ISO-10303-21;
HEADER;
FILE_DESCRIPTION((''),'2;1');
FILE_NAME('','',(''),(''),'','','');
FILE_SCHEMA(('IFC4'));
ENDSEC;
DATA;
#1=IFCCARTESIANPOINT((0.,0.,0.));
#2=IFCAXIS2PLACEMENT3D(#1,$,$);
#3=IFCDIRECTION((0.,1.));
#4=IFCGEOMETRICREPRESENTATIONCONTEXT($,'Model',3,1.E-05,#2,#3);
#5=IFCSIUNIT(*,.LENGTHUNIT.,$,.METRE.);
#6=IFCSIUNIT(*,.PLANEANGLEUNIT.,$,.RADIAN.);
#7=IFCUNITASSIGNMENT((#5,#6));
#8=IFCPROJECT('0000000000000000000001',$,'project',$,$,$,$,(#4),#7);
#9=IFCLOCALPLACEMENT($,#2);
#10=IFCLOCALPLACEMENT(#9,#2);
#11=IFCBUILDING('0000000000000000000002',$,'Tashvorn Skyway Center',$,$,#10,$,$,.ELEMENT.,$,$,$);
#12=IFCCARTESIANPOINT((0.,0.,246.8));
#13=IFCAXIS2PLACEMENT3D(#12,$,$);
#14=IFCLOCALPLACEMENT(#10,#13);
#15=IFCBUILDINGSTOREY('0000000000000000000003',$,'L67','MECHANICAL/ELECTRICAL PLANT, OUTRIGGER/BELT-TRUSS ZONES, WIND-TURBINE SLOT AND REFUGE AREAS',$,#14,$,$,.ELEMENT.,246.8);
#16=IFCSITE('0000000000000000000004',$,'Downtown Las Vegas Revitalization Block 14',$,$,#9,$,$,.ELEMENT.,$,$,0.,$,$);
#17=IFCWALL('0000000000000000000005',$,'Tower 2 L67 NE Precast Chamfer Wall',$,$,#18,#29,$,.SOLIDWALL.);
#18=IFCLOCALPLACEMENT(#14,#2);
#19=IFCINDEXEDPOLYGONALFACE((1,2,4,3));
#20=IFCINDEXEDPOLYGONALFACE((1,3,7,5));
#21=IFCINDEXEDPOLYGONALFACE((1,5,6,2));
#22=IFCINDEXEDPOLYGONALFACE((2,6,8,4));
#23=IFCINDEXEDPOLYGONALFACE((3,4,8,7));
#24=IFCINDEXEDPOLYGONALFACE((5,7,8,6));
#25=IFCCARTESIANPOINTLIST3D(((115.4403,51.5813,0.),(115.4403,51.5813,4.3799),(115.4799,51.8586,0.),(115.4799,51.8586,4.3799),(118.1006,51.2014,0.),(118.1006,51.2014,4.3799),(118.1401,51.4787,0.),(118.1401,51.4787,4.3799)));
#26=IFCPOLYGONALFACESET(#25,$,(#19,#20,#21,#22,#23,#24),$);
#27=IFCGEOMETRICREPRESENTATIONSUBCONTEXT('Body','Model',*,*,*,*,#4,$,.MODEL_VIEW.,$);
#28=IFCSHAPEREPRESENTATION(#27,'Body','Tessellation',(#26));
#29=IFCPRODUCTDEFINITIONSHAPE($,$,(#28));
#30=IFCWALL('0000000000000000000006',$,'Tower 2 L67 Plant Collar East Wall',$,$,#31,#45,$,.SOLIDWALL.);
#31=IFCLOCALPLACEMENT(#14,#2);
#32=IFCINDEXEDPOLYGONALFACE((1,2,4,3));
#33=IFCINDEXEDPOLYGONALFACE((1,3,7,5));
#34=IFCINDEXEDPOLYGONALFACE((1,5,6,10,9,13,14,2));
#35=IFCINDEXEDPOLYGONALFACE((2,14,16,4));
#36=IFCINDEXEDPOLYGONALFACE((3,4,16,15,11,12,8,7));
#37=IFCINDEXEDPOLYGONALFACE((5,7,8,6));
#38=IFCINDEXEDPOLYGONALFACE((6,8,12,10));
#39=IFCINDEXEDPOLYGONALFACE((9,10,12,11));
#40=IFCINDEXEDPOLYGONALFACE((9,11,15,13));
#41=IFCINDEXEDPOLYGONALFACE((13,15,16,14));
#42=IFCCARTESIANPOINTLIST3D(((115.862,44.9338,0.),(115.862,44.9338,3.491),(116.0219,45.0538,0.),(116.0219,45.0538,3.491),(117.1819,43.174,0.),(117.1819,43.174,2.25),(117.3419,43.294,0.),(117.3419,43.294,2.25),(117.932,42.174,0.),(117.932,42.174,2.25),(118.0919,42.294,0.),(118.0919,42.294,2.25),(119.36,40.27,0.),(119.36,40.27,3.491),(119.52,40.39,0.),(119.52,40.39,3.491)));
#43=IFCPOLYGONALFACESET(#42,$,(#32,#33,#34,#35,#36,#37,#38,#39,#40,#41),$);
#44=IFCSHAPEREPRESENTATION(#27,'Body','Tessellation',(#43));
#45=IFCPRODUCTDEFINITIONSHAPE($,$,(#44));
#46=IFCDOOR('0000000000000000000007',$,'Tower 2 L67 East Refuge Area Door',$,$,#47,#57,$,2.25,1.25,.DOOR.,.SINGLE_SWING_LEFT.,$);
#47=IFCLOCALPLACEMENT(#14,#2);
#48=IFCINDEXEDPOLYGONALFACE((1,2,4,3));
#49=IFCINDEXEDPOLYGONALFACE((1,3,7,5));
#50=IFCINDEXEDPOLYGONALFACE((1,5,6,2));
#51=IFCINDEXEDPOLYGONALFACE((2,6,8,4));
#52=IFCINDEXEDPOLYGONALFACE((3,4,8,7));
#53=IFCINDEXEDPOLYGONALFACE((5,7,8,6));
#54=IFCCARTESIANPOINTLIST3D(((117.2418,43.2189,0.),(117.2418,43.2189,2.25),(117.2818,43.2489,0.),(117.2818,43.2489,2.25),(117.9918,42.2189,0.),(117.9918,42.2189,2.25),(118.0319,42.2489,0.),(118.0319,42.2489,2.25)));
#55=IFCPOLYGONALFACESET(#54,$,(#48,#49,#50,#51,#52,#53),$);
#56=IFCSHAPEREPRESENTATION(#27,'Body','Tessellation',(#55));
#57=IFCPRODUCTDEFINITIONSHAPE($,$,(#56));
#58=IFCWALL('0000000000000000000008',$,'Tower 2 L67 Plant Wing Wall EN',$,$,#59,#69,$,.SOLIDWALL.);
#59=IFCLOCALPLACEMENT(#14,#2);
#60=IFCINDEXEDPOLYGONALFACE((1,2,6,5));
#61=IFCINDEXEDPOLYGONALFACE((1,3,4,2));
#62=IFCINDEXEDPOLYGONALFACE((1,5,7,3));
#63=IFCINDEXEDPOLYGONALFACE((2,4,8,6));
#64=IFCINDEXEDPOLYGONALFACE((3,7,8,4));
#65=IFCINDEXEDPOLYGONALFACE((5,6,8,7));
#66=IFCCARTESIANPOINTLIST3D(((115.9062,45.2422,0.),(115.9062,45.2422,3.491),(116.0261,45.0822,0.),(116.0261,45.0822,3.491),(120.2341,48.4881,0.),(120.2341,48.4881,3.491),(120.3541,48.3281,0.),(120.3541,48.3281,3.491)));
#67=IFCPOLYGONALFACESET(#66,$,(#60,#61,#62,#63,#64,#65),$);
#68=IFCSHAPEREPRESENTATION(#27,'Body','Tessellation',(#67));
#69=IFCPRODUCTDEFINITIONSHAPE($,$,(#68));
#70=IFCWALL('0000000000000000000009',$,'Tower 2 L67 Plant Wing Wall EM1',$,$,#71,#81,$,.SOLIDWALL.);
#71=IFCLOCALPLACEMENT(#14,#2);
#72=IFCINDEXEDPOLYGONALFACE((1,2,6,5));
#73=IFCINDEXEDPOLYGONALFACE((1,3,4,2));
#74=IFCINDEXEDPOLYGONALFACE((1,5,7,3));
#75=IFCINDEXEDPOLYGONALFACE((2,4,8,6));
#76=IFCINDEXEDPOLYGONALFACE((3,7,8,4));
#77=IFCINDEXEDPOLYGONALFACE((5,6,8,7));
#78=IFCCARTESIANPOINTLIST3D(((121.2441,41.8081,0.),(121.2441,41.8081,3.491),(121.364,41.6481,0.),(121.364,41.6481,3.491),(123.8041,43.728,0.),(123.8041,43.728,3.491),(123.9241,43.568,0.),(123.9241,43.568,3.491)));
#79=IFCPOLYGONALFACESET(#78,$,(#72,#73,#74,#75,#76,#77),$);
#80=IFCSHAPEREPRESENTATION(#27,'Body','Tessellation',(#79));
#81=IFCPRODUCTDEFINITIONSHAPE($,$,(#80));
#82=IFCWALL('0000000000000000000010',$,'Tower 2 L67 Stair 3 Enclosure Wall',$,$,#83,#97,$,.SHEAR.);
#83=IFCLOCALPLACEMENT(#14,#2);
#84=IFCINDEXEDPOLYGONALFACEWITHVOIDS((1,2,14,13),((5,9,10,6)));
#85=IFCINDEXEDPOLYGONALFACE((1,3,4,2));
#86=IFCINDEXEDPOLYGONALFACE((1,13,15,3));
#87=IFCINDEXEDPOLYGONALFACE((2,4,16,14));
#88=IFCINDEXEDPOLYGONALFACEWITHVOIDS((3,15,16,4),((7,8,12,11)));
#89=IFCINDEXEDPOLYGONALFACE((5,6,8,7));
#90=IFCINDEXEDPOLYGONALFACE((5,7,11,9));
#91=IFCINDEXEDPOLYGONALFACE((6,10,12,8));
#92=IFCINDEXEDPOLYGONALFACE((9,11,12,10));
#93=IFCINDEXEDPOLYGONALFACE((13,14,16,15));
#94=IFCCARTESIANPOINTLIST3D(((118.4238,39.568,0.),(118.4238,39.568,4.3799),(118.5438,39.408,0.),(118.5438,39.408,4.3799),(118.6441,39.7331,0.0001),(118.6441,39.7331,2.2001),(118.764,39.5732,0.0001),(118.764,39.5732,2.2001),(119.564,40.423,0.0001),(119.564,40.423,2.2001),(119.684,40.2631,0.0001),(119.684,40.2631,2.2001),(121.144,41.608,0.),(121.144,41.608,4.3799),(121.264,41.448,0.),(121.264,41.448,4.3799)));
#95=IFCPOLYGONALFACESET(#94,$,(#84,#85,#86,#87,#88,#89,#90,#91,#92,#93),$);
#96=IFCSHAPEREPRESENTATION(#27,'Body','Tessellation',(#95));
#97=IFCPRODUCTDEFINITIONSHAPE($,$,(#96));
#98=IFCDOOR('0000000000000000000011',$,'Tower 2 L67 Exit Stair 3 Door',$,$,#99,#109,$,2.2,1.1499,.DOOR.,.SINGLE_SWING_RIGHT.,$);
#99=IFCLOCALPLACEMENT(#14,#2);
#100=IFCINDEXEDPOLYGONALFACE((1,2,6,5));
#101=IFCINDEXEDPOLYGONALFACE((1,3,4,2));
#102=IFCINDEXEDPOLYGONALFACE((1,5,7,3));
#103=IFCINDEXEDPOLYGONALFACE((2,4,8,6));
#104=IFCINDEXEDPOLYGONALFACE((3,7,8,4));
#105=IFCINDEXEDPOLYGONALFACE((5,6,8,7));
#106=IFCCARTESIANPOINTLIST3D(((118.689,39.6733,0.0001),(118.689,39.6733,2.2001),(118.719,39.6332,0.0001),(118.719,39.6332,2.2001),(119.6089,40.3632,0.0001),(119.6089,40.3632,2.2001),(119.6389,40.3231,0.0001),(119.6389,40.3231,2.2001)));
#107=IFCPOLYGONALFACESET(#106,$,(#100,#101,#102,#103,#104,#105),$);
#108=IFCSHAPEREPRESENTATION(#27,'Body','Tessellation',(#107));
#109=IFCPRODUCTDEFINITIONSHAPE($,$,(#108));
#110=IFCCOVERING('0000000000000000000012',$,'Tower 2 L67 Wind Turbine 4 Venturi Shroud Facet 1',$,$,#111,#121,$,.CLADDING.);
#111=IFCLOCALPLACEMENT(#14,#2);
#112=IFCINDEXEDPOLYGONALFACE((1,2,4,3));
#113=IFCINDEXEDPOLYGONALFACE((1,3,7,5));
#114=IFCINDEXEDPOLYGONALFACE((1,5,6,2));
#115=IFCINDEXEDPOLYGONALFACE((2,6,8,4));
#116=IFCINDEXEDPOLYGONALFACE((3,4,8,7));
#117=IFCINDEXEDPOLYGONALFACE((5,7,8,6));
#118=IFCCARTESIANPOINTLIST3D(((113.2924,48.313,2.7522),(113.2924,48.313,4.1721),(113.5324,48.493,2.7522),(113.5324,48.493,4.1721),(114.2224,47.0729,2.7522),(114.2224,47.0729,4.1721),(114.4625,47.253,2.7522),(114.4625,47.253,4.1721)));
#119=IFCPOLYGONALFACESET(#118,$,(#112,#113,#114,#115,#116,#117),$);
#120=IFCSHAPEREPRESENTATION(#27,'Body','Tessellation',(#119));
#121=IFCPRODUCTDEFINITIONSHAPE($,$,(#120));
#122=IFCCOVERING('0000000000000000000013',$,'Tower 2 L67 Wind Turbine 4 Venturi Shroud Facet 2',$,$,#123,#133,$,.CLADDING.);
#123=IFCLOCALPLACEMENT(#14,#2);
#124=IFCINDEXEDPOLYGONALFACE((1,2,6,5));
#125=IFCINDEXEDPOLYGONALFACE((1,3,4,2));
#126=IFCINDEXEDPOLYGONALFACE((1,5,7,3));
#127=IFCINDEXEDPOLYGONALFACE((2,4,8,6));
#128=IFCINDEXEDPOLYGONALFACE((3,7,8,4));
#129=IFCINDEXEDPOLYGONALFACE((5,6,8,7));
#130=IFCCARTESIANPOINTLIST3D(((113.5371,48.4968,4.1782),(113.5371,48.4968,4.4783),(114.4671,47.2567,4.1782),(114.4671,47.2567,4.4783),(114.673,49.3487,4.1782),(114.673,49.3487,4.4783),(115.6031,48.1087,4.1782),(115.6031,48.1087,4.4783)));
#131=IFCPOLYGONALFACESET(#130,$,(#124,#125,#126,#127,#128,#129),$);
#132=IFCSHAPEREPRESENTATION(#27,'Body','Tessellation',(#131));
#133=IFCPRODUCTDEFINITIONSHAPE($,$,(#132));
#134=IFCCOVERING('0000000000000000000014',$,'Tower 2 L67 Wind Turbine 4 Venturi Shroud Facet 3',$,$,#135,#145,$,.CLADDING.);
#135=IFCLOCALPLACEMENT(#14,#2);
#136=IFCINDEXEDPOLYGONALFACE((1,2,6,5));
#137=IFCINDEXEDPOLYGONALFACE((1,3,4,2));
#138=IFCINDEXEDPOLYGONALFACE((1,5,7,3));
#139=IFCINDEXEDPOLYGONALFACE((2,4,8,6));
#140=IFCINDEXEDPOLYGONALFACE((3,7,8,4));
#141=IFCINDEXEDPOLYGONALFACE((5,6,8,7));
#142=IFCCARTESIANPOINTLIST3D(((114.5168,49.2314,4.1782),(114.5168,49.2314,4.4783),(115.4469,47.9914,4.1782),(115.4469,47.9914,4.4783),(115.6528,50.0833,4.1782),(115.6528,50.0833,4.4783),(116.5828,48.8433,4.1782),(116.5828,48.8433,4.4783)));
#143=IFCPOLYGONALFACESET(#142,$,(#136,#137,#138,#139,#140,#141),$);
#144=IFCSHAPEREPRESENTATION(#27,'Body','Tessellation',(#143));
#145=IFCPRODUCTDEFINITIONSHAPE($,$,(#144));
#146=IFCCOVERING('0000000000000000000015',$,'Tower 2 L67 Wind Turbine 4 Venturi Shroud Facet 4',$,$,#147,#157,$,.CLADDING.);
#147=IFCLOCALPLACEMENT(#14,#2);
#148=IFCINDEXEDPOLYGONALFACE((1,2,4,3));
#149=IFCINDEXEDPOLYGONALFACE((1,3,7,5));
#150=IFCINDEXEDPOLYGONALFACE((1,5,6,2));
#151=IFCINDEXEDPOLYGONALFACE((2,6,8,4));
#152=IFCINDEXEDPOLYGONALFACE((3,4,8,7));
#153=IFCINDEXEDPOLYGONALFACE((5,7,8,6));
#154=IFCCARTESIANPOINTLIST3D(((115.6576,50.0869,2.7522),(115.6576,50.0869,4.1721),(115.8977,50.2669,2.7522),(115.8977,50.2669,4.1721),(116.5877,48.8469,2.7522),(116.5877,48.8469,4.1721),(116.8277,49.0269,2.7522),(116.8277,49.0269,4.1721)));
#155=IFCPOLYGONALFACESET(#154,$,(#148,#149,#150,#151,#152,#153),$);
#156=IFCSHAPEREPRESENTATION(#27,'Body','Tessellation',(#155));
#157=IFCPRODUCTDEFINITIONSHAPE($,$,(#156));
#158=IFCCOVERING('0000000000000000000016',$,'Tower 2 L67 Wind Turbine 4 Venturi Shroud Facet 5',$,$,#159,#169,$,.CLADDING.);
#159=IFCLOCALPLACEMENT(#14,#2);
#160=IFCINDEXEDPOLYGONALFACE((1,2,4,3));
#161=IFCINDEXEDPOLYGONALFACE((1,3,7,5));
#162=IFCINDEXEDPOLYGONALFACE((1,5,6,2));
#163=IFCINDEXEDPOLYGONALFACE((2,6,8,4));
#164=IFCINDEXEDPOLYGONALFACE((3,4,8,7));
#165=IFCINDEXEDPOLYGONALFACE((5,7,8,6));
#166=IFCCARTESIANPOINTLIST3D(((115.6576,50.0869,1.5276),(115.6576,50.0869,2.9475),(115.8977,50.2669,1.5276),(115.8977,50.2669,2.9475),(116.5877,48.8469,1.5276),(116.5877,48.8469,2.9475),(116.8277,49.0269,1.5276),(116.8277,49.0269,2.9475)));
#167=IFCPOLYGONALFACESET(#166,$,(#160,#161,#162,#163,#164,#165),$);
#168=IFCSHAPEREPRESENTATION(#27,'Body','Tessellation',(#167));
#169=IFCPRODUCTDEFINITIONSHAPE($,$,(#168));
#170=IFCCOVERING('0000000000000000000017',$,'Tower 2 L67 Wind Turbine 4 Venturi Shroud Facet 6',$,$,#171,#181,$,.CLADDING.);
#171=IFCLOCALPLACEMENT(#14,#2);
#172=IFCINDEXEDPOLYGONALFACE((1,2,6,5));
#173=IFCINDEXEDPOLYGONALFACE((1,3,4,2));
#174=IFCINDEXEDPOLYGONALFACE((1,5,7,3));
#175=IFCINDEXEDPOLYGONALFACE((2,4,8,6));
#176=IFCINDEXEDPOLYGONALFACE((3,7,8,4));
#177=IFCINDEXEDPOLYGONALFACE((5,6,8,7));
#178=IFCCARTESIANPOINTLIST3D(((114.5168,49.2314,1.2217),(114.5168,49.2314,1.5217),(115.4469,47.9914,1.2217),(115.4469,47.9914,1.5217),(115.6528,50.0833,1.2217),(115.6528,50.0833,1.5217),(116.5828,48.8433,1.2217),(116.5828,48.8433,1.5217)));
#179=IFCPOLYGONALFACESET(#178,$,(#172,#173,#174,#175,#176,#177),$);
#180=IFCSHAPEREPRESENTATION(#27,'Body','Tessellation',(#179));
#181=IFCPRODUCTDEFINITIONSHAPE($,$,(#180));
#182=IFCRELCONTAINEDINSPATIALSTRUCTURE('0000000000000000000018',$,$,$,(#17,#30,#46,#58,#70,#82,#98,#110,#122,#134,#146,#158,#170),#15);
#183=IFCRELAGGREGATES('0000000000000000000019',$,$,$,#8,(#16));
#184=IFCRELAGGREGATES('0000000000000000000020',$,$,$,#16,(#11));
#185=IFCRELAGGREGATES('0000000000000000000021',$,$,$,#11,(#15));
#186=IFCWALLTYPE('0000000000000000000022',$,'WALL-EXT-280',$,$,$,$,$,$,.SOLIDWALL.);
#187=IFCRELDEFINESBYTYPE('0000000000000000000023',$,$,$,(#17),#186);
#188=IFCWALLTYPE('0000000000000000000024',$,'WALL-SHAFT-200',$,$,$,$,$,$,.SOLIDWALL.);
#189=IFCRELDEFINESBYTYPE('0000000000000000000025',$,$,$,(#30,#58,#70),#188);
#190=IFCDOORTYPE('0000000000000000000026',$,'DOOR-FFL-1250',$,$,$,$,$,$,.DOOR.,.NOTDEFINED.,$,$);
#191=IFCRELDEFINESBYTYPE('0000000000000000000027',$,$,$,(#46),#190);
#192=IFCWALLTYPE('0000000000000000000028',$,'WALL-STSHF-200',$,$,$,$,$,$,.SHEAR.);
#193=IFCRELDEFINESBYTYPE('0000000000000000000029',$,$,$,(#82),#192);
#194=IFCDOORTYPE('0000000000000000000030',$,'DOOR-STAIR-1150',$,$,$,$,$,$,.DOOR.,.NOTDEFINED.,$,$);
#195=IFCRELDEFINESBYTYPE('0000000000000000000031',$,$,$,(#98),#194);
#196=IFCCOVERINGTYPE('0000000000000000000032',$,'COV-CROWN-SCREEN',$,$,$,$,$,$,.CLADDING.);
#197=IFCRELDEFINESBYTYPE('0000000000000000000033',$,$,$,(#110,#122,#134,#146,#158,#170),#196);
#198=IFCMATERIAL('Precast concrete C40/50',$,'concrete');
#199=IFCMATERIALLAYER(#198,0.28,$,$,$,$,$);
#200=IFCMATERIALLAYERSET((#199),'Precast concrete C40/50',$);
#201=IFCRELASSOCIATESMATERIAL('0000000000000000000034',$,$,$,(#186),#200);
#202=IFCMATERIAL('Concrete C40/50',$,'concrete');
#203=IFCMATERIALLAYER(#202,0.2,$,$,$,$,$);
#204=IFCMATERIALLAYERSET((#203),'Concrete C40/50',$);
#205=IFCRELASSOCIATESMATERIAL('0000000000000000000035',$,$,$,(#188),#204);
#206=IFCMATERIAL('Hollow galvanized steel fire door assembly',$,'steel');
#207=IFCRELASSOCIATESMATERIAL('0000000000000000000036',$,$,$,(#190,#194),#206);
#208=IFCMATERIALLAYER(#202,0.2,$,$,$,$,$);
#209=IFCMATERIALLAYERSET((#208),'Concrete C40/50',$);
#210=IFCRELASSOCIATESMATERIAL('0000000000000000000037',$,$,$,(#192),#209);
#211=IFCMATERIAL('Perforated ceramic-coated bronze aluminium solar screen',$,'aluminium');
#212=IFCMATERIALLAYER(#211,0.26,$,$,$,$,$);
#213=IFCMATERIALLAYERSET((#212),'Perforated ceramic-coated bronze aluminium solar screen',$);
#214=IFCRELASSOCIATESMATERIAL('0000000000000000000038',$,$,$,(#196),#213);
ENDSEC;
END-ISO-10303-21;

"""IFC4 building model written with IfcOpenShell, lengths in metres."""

from ifc_helpers import new_model, si_unit, direction, frame, frame_2d, origin, origin_2d, place, context, subcontext, project, spatial, rectangle, extrude, material, layer, layer_set, type_object, element, fill, save


model = new_model("IFC4")

# Units and contexts
model_context = context("Model", 3, precision=1e-05, world=origin(), true_north=direction((0.0, 1.0)))
body_context = subcontext(model_context, "Body", "Model", "MODEL_VIEW")
ifc_project = project(units=[si_unit("LENGTHUNIT", "METRE"), si_unit("PLANEANGLEUNIT", "RADIAN")], contexts=[model_context])

# Site, building, storey
site_placement = place(None, origin())
site = spatial("IfcSite", under=ifc_project, at=site_placement, Name="Downtown Las Vegas Revitalization Block 14", CompositionType="ELEMENT", RefElevation=0.0)
building_placement = place(site_placement, origin())
building = spatial("IfcBuilding", under=site, at=building_placement, Name="Tashvorn Skyway Center", CompositionType="ELEMENT")
storey_placement = place(building_placement, frame((0.0, 0.0, 246.8)))
storey = spatial("IfcBuildingStorey", under=building, at=storey_placement, Name="L67", Description="MECHANICAL/ELECTRICAL PLANT, OUTRIGGER/BELT-TRUSS ZONES, WIND-TURBINE SLOT AND REFUGE AREAS", CompositionType="ELEMENT", Elevation=246.8)

# Wall
ifc_material_1 = material(Name="Precast concrete C40/50", Category="concrete")
ifc_layer_1 = layer(ifc_material_1, 0.28)
ifc_layer_set_1 = layer_set([ifc_layer_1], Name="Precast concrete C40/50")
wall_type_1 = type_object("IfcWallType", Name="WALL-EXT-280", PredefinedType="SOLIDWALL", material=ifc_layer_set_1)
wall_1_placement = place(storey_placement, frame((115.46, 51.72, 0.0), z_axis=(0.0, 0.0, 1.0), x_axis=(0.989957, -0.14137, 0.0)))
element("IfcWall", 1, at=wall_1_placement, inside=storey, type_object=wall_type_1, Name="Tower 2 L67 NE Precast Chamfer Wall", PredefinedType="SOLIDWALL", context=body_context, shape_type="SweptSolid", body=[
    extrude(rectangle(XDim=2.6873, YDim=0.28, at=frame_2d((1.3438, 0.0))), origin(), (0.0, 0.0, 1.0), 4.3799),
])

# Wall, opening, door
ifc_material_2 = material(Name="Concrete C40/50", Category="concrete")
ifc_layer_2 = layer(ifc_material_2, 0.2)
ifc_layer_set_2 = layer_set([ifc_layer_2], Name="Concrete C40/50")
wall_type_2 = type_object("IfcWallType", Name="WALL-SHAFT-200", PredefinedType="SOLIDWALL", material=ifc_layer_set_2)
wall_2_placement = place(storey_placement, frame((115.9419, 44.9939, 0.0), z_axis=(0.0, 0.0, 1.0), x_axis=(0.60002, -0.799985, 0.0)))
wall_2 = element("IfcWall", 2, at=wall_2_placement, inside=storey, type_object=wall_type_2, Name="Tower 2 L67 Plant Collar East Wall", PredefinedType="SOLIDWALL", context=body_context, shape_type="SweptSolid", body=[
    extrude(rectangle(XDim=5.8298, YDim=0.2, at=frame_2d((2.915, 0.0))), origin(), (0.0, 0.0, 1.0), 3.491),
])
opening_1_placement = place(wall_2_placement, frame((2.2, 0.0, 0.0)))
opening_1 = element("IfcOpeningElement", 3, at=opening_1_placement, cuts=wall_2, PredefinedType="OPENING", context=body_context, shape_type="SweptSolid", body=[
    extrude(rectangle(XDim=1.25, YDim=2.25, at=frame_2d((0.625, 1.125))), frame((0.0, 0.1099, 0.0), z_axis=(0.0, -1.0, 0.0), x_axis=(1.0, 0.0, 0.0)), (0.0, 0.0, 1.0), 0.22),
])
ifc_material_3 = material(Name="Hollow galvanized steel fire door assembly", Category="steel")
door_type_1 = type_object("IfcDoorType", Name="DOOR-FFL-1250", OperationType="NOTDEFINED", PredefinedType="DOOR", material=ifc_material_3)
door_1_placement = place(opening_1_placement, origin())
door_1 = element("IfcDoor", 4, at=door_1_placement, inside=storey, type_object=door_type_1, Name="Tower 2 L67 East Refuge Area Door", OperationType="SINGLE_SWING_LEFT", OverallHeight=2.25, OverallWidth=1.25, PredefinedType="DOOR", context=body_context, shape_type="SweptSolid", body=[
    extrude(rectangle(XDim=1.25, YDim=2.25, at=frame_2d((0.625, 1.125))), frame((0.0, 0.0249, 0.0), z_axis=(0.0, -1.0, 0.0), x_axis=(1.0, 0.0, 0.0)), (0.0, 0.0, 1.0), 0.05),
])
fill(opening_1, door_1)

# Walls
wall_3_placement = place(storey_placement, frame((115.9661, 45.1621, 0.0), z_axis=(0.0, 0.0, 1.0), x_axis=(0.800005, 0.599993, 0.0)))
element("IfcWall", 5, at=wall_3_placement, inside=storey, type_object=wall_type_2, Name="Tower 2 L67 Plant Wing Wall EN", PredefinedType="SOLIDWALL", context=body_context, shape_type="SweptSolid", body=[
    extrude(rectangle(XDim=5.4099, YDim=0.2, at=frame_2d((2.7051, 0.0))), origin(), (0.0, 0.0, 1.0), 3.491),
])
wall_4_placement = place(storey_placement, frame((121.304, 41.728, 0.0), z_axis=(0.0, 0.0, 1.0), x_axis=(0.800018, 0.599976, 0.0)))
element("IfcWall", 6, at=wall_4_placement, inside=storey, type_object=wall_type_2, Name="Tower 2 L67 Plant Wing Wall EM1", PredefinedType="SOLIDWALL", context=body_context, shape_type="SweptSolid", body=[
    extrude(rectangle(XDim=3.2, YDim=0.2, at=frame_2d((1.6001, 0.0))), origin(), (0.0, 0.0, 1.0), 3.491),
])

# Wall, opening, door
ifc_layer_3 = layer(ifc_material_2, 0.2)
ifc_layer_set_3 = layer_set([ifc_layer_3], Name="Concrete C40/50")
wall_type_3 = type_object("IfcWallType", Name="WALL-STSHF-200", PredefinedType="SHEAR", material=ifc_layer_set_3)
wall_5_placement = place(storey_placement, frame((121.2041, 41.5281, 0.0), z_axis=(0.0, 0.0, 1.0), x_axis=(-0.800017, -0.599977, 0.0)))
wall_5 = element("IfcWall", 7, at=wall_5_placement, inside=storey, type_object=wall_type_3, Name="Tower 2 L67 Stair 3 Enclosure Wall", PredefinedType="SHEAR", context=body_context, shape_type="SweptSolid", body=[
    extrude(rectangle(XDim=3.4001, YDim=0.2, at=frame_2d((1.7002, 0.0))), origin(), (0.0, 0.0, 1.0), 4.3799),
])
opening_2_placement = place(wall_5_placement, frame((1.9751, 0.0, 0.0)))
opening_2 = element("IfcOpeningElement", 8, at=opening_2_placement, cuts=wall_5, PredefinedType="OPENING", context=body_context, shape_type="SweptSolid", body=[
    extrude(rectangle(XDim=1.1499, YDim=2.2, at=frame_2d((0.575, 1.1001))), frame((0.0, 0.1099, 0.0), z_axis=(0.0, -1.0, 0.0), x_axis=(1.0, 0.0, 0.0)), (0.0, 0.0, 1.0), 0.22),
])
door_type_2 = type_object("IfcDoorType", Name="DOOR-STAIR-1150", OperationType="NOTDEFINED", PredefinedType="DOOR", material=ifc_material_3)
door_2_placement = place(opening_2_placement, origin())
door_2 = element("IfcDoor", 9, at=door_2_placement, inside=storey, type_object=door_type_2, Name="Tower 2 L67 Exit Stair 3 Door", OperationType="SINGLE_SWING_RIGHT", OverallHeight=2.2, OverallWidth=1.1499, PredefinedType="DOOR", context=body_context, shape_type="SweptSolid", body=[
    extrude(rectangle(XDim=1.1499, YDim=2.2, at=frame_2d((0.575, 1.1001))), frame((0.0, 0.0249, 0.0), z_axis=(0.0, -1.0, 0.0), x_axis=(1.0, 0.0, 0.0)), (0.0, 0.0, 1.0), 0.05),
])
fill(opening_2, door_2)

# Coverings
ifc_material_4 = material(Name="Perforated ceramic-coated bronze aluminium solar screen", Category="aluminium")
ifc_layer_4 = layer(ifc_material_4, 0.26)
ifc_layer_set_4 = layer_set([ifc_layer_4], Name="Perforated ceramic-coated bronze aluminium solar screen")
covering_type_1 = type_object("IfcCoveringType", Name="COV-CROWN-SCREEN", PredefinedType="CLADDING", material=ifc_layer_set_4)
covering_1_placement = place(storey_placement, frame((113.8774, 47.783, 2.7522), z_axis=(0.0, 0.0, 1.0), x_axis=(-0.8, -0.6, 0.0)))
element("IfcCovering", 10, at=covering_1_placement, inside=storey, type_object=covering_type_1, Name="Tower 2 L67 Wind Turbine 4 Venturi Shroud Facet 1", PredefinedType="CLADDING", context=body_context, shape_type="SweptSolid", body=[
    extrude(rectangle(XDim=0.3, YDim=1.55, at=origin_2d()), origin(), (0.0, 0.0, 1.0), 1.4199),
])
for number, where, z_axis, x_axis, name in (
    (11, (114.5701, 48.3027, 4.1782), (0.0, 0.0, 1.0), (-0.8, -0.6, 0.0), "Tower 2 L67 Wind Turbine 4 Venturi Shroud Facet 2"),
    (12, (115.5498, 49.0374, 4.1782), (0.0, 0.0, 1.0), (-0.8, -0.6, 0.0), "Tower 2 L67 Wind Turbine 4 Venturi Shroud Facet 3"),
):
    element("IfcCovering", number, at=place(storey_placement, frame(where, z_axis=z_axis, x_axis=x_axis)), inside=storey, type_object=covering_type_1, Name=name, PredefinedType="CLADDING", context=body_context, shape_type="SweptSolid", body=[
        extrude(rectangle(XDim=1.4199, YDim=1.55, at=origin_2d()), origin(), (0.0, 0.0, 1.0), 0.3),
    ])
for number, where, z_axis, x_axis, name in (
    (13, (116.2427, 49.5569, 2.7522), (0.0, 0.0, 1.0), (-0.8, -0.6, 0.0), "Tower 2 L67 Wind Turbine 4 Venturi Shroud Facet 4"),
    (14, (116.2427, 49.5569, 1.5276), (0.0, 0.0, 1.0), (-0.8, -0.6, 0.0), "Tower 2 L67 Wind Turbine 4 Venturi Shroud Facet 5"),
):
    element("IfcCovering", number, at=place(storey_placement, frame(where, z_axis=z_axis, x_axis=x_axis)), inside=storey, type_object=covering_type_1, Name=name, PredefinedType="CLADDING", context=body_context, shape_type="SweptSolid", body=[
        extrude(rectangle(XDim=0.3, YDim=1.55, at=origin_2d()), origin(), (0.0, 0.0, 1.0), 1.4199),
    ])
for number, where, z_axis, x_axis, name in (
    (15, (115.5498, 49.0374, 1.2217), (0.0, 0.0, 1.0), (-0.8, -0.6, 0.0), "Tower 2 L67 Wind Turbine 4 Venturi Shroud Facet 6"),
):
    element("IfcCovering", number, at=place(storey_placement, frame(where, z_axis=z_axis, x_axis=x_axis)), inside=storey, type_object=covering_type_1, Name=name, PredefinedType="CLADDING", context=body_context, shape_type="SweptSolid", body=[
        extrude(rectangle(XDim=1.4199, YDim=1.55, at=origin_2d()), origin(), (0.0, 0.0, 1.0), 0.3),
    ])

save(model, "model.ifc")
